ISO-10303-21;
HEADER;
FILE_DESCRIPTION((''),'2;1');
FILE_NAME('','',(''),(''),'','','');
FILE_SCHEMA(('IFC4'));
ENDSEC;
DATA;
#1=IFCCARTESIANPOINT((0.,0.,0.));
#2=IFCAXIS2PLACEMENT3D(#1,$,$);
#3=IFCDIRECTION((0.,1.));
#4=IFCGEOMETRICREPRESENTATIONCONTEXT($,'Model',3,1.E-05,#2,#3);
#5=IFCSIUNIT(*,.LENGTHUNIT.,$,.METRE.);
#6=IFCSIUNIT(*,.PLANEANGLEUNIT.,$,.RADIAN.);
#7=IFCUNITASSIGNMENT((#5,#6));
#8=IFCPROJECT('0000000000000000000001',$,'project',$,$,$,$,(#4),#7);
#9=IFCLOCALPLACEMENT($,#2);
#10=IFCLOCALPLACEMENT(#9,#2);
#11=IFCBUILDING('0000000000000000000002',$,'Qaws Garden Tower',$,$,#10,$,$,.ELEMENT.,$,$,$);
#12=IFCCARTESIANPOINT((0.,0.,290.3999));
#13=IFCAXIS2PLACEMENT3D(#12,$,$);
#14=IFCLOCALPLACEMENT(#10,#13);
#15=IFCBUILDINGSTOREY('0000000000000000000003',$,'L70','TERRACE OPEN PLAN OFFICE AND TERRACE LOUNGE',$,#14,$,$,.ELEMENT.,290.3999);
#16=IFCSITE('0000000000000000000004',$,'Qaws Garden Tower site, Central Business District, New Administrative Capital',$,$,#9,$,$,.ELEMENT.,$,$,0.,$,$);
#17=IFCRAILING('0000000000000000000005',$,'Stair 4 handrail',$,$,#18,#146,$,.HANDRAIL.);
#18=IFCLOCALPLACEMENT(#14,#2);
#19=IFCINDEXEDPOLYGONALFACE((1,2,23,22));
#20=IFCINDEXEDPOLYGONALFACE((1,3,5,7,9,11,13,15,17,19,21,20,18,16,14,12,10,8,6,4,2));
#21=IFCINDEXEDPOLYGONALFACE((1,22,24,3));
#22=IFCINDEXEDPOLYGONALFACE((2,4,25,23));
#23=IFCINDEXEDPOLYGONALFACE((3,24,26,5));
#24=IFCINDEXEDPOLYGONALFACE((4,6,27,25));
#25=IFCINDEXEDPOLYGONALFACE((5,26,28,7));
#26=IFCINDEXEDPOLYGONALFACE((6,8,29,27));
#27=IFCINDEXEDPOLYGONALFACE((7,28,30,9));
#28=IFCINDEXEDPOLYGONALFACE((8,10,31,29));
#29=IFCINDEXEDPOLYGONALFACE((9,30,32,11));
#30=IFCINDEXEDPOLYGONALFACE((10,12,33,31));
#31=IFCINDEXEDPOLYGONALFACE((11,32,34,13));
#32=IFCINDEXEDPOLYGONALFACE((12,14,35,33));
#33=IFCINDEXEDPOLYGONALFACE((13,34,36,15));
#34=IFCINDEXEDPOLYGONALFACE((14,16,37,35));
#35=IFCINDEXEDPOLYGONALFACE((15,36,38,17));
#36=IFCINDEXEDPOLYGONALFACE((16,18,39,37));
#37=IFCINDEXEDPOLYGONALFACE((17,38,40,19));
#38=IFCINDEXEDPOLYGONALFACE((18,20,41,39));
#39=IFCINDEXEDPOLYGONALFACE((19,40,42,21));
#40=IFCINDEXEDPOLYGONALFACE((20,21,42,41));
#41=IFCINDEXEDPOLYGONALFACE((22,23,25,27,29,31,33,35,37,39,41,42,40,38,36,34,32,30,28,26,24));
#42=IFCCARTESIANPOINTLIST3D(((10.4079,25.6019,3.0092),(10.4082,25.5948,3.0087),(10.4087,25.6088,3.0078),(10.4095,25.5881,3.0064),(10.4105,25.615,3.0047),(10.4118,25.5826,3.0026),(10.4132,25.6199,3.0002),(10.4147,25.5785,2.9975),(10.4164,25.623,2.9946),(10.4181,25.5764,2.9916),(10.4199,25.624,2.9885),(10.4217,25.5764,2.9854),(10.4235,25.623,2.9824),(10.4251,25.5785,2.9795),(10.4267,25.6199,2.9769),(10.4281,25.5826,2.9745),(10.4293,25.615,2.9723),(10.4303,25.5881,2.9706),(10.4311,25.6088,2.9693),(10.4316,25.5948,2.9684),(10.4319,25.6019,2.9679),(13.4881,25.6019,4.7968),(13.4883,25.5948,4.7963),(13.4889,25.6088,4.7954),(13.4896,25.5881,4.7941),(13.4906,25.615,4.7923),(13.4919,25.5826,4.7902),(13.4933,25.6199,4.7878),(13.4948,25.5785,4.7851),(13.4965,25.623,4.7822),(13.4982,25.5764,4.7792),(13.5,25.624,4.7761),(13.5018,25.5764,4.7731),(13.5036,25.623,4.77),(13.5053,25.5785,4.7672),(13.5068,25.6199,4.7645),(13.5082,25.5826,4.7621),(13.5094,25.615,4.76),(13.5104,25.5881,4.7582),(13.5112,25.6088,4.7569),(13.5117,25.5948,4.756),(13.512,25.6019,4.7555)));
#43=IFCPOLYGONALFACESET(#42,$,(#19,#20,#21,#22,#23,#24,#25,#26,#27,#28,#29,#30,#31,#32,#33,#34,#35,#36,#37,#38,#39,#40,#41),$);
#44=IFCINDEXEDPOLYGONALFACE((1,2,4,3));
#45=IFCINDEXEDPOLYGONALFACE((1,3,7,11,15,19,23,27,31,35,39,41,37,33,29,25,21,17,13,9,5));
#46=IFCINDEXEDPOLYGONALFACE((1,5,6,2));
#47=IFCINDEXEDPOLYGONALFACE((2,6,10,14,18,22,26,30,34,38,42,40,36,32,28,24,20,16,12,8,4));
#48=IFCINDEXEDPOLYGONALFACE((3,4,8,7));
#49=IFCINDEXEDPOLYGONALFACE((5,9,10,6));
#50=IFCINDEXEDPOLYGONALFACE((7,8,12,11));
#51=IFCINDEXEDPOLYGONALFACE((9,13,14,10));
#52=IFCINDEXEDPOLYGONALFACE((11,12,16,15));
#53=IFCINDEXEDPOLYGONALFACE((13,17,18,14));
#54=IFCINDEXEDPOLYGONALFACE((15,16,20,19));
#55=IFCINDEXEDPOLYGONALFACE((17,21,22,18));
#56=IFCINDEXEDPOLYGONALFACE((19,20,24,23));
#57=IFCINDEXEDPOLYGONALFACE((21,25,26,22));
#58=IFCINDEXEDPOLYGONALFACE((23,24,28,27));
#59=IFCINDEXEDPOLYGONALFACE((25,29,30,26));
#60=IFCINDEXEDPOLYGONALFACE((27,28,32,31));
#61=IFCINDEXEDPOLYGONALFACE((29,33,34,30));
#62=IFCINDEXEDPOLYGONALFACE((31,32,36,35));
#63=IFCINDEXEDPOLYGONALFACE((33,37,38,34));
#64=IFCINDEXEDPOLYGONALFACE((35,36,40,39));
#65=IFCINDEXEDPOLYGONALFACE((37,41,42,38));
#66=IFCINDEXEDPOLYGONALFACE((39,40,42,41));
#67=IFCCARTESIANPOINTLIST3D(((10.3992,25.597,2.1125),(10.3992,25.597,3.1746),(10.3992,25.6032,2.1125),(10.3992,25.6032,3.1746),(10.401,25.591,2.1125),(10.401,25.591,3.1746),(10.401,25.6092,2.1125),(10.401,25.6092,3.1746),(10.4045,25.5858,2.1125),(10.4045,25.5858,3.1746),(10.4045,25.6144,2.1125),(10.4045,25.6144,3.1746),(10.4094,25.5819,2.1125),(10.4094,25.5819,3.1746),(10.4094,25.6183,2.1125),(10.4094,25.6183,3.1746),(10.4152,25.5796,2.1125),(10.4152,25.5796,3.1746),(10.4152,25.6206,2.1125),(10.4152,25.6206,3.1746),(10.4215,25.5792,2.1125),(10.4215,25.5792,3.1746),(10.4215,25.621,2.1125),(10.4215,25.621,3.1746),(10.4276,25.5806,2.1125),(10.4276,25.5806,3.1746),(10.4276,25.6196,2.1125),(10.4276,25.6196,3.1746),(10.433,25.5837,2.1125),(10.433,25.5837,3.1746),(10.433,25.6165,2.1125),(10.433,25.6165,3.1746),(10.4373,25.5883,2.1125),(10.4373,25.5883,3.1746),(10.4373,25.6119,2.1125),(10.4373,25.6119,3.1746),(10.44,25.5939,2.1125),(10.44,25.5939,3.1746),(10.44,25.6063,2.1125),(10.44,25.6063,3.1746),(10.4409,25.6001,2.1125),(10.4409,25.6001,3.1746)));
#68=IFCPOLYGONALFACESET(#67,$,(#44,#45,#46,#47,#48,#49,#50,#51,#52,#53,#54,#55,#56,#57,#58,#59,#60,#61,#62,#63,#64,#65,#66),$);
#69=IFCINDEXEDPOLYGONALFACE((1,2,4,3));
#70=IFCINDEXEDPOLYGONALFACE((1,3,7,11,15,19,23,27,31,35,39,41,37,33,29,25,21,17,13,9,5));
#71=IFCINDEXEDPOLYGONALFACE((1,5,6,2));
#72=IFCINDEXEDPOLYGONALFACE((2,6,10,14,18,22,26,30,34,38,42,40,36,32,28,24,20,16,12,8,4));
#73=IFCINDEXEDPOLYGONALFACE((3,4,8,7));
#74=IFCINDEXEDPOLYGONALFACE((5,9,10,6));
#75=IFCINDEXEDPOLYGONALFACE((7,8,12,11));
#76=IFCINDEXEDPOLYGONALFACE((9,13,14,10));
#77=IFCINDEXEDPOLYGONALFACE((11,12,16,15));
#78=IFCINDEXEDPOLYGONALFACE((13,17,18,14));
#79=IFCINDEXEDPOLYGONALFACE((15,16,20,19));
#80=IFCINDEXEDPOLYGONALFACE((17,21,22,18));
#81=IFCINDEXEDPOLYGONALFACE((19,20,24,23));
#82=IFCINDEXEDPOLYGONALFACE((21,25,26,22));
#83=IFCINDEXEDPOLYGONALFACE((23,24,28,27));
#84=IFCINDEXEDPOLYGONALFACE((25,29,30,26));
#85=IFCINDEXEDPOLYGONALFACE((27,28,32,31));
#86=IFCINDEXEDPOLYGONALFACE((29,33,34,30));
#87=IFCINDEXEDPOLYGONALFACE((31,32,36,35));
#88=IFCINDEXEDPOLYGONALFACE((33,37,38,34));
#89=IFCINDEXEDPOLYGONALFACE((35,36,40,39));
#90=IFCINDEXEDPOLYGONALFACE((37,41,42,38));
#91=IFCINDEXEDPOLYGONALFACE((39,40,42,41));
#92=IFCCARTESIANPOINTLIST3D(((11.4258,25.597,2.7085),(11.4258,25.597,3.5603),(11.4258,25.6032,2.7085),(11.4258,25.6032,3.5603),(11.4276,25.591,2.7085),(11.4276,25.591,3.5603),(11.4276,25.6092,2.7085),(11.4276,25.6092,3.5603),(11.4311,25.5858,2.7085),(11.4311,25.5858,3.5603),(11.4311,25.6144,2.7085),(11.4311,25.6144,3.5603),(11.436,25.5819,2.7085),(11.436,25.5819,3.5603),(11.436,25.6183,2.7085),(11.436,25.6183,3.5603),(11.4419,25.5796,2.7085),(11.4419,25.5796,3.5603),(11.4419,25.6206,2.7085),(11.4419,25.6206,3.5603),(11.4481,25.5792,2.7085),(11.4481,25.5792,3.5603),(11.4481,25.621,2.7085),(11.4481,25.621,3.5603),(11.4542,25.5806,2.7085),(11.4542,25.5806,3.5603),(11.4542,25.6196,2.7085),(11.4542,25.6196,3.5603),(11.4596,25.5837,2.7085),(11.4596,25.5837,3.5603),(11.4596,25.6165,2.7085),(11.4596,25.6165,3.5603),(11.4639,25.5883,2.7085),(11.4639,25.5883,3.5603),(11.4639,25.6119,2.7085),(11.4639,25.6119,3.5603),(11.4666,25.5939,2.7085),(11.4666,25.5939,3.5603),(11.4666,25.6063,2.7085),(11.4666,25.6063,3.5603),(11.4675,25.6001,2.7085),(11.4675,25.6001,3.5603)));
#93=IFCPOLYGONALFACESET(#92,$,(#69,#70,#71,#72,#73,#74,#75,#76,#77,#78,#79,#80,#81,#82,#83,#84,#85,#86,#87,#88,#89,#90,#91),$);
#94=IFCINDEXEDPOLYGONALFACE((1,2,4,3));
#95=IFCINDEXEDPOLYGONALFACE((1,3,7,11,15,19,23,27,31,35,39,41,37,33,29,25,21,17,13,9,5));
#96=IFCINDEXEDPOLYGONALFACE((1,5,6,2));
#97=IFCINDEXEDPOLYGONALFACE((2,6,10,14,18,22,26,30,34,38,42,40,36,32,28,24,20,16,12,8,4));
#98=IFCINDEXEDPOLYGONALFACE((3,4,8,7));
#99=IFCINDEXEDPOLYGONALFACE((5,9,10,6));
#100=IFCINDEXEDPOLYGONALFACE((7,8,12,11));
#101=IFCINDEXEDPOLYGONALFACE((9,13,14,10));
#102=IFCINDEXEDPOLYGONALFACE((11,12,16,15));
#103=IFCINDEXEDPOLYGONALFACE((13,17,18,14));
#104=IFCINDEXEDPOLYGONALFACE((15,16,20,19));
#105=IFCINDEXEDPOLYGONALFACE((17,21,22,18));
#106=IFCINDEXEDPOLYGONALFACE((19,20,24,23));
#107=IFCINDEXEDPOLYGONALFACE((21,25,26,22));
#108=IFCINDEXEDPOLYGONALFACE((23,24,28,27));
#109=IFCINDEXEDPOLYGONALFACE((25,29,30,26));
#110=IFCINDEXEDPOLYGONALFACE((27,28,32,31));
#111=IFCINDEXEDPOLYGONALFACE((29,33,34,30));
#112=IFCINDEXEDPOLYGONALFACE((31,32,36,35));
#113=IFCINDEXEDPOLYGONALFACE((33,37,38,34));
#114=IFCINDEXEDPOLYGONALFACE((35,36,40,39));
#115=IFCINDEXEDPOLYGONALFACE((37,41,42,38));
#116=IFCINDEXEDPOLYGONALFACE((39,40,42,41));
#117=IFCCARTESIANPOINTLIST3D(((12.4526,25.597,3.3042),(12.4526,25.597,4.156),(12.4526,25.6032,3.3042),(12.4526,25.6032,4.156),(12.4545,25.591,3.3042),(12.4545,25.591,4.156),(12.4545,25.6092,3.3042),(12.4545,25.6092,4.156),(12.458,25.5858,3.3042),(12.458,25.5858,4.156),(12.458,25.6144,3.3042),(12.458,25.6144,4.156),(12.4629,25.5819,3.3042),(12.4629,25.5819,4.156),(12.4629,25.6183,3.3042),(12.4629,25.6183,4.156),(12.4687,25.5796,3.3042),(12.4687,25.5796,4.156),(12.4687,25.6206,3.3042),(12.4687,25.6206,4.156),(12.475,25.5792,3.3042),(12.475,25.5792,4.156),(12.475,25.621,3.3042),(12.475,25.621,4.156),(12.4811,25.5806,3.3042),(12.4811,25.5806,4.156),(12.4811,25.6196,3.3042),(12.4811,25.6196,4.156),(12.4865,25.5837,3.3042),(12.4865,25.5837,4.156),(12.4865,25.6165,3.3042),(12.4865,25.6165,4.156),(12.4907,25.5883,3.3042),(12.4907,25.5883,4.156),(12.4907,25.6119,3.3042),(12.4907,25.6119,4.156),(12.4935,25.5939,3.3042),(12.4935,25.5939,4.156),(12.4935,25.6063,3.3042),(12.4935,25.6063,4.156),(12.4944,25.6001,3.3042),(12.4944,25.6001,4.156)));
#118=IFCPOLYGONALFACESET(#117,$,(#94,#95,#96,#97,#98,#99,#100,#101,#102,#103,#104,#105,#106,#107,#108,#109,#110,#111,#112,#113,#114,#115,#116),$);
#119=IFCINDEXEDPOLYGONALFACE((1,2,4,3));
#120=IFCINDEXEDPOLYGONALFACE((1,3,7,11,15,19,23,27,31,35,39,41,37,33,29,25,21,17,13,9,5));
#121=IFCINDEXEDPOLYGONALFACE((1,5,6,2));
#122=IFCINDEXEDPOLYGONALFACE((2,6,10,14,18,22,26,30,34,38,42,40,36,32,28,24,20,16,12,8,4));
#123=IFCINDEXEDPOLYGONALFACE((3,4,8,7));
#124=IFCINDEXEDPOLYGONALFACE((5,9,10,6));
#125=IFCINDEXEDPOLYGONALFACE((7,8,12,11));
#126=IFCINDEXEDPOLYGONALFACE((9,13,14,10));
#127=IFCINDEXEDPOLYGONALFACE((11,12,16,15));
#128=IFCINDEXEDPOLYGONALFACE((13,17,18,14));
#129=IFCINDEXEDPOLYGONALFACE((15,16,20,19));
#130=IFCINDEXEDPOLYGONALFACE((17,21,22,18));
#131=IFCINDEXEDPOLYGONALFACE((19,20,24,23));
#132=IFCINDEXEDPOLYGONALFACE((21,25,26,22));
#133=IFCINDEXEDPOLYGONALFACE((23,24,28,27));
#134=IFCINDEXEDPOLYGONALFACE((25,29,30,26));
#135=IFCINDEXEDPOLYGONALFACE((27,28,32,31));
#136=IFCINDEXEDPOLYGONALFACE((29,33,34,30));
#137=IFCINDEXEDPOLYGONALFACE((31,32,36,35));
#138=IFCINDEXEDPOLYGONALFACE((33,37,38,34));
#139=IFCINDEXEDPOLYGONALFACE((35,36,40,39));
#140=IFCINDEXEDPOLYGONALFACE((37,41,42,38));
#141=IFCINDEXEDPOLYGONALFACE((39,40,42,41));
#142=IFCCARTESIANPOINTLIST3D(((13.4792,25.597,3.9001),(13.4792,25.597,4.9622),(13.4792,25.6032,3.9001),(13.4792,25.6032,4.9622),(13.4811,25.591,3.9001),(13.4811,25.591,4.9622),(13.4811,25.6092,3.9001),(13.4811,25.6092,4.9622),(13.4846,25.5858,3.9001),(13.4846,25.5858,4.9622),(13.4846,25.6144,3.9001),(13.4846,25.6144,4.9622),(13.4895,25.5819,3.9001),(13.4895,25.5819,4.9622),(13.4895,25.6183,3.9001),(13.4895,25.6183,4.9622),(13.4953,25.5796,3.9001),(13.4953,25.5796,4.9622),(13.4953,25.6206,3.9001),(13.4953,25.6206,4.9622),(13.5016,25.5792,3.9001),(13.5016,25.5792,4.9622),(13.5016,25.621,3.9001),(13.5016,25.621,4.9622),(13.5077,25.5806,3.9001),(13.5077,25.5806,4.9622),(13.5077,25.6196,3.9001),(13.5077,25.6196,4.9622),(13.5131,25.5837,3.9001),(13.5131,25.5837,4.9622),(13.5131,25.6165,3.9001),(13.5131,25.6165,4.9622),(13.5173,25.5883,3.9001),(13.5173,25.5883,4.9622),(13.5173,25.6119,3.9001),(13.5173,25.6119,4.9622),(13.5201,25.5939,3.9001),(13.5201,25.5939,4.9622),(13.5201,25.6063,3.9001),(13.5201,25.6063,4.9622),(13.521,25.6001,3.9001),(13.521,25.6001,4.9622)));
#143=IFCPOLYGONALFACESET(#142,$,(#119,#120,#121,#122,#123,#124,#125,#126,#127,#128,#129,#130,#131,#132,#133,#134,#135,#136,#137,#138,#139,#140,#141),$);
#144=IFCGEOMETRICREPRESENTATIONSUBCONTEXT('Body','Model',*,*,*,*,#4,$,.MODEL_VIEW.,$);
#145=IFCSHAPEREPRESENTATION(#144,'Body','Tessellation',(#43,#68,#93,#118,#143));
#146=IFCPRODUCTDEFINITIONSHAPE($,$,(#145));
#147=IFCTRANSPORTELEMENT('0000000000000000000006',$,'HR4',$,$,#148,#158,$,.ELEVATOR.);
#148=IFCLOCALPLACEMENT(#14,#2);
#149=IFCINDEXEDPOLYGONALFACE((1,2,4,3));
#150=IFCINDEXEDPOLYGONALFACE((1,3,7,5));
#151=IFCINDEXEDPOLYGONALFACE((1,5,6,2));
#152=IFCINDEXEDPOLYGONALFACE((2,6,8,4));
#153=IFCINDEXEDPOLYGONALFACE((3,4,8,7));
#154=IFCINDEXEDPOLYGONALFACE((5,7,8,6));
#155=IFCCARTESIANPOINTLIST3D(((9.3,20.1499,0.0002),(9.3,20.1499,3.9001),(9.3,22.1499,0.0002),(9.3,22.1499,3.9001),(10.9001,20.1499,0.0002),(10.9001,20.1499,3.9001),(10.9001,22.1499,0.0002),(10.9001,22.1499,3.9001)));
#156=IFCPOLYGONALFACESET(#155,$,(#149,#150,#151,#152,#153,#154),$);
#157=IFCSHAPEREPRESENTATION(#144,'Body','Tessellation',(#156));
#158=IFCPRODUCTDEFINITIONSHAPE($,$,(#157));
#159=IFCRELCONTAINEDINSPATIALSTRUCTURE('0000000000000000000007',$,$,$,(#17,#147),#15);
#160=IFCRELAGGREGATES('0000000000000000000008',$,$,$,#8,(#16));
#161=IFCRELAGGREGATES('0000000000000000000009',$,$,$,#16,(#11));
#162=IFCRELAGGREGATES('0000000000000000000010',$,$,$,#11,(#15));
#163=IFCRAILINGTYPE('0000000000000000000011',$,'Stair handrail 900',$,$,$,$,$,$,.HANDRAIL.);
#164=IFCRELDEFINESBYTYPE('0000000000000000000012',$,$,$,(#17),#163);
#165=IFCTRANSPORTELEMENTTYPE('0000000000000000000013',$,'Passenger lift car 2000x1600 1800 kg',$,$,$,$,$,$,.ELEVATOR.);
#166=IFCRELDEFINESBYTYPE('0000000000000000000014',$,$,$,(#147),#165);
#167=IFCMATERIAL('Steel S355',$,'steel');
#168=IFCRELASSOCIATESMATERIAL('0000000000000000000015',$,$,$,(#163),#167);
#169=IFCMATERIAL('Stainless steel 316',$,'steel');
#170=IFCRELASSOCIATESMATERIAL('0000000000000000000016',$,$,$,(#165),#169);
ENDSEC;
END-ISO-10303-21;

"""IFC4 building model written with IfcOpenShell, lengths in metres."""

from ifc_helpers import new_model, si_unit, direction, frame, origin, origin_2d, place, context, subcontext, project, spatial, rectangle, circle, extrude, material, type_object, element, save


model = new_model("IFC4")

# Units and contexts
model_context = context("Model", 3, precision=1e-05, world=origin(), true_north=direction((0.0, 1.0)))
body_context = subcontext(model_context, "Body", "Model", "MODEL_VIEW")
ifc_project = project(units=[si_unit("LENGTHUNIT", "METRE"), si_unit("PLANEANGLEUNIT", "RADIAN")], contexts=[model_context])

# Site, building, storey
site_placement = place(None, origin())
site = spatial("IfcSite", under=ifc_project, at=site_placement, Name="Qaws Garden Tower site, Central Business District, New Administrative Capital", CompositionType="ELEMENT", RefElevation=0.0)
building_placement = place(site_placement, origin())
building = spatial("IfcBuilding", under=site, at=building_placement, Name="Qaws Garden Tower", CompositionType="ELEMENT")
storey_placement = place(building_placement, frame((0.0, 0.0, 290.3999)))
storey = spatial("IfcBuildingStorey", under=building, at=storey_placement, Name="L70", Description="TERRACE OPEN PLAN OFFICE AND TERRACE LOUNGE", CompositionType="ELEMENT", Elevation=290.3999)

# Railing
ifc_material_1 = material(Name="Steel S355", Category="steel")
railing_type = type_object("IfcRailingType", Name="Stair handrail 900", PredefinedType="HANDRAIL", material=ifc_material_1)
railing_1_placement = place(storey_placement, frame((10.4199, 25.6001, 2.1125)))
element("IfcRailing", 1, at=railing_1_placement, inside=storey, type_object=railing_type, Name="Stair 4 handrail", PredefinedType="HANDRAIL", context=body_context, shape_type="SweptSolid", body=[
    extrude(circle(Radius=0.0239, at=origin_2d()), frame((0.0, 0.0, 0.876), z_axis=(0.864891, 0.0, 0.50196), x_axis=(0.0, 1.0, 0.0)), (0.0, 0.0, 1.0), 3.5613),
    extrude(circle(Radius=0.021, at=origin_2d()), origin(), (0.0, 0.0, 1.0), 1.062),
    extrude(circle(Radius=0.021, at=origin_2d()), frame((1.0266, 0.0, 0.5959)), (0.0, 0.0, 1.0), 0.8518),
    extrude(circle(Radius=0.021, at=origin_2d()), frame((2.0535, 0.0, 1.1917)), (0.0, 0.0, 1.0), 0.8518),
    extrude(circle(Radius=0.021, at=origin_2d()), frame((3.0801, 0.0, 1.7876)), (0.0, 0.0, 1.0), 1.062),
])

# Transport element
ifc_material_2 = material(Name="Stainless steel 316", Category="steel")
transport_element_type = type_object("IfcTransportElementType", Name="Passenger lift car 2000x1600 1800 kg", PredefinedType="ELEVATOR", material=ifc_material_2)
transport_element_placement = place(storey_placement, frame((10.1001, 21.1499, 0.0002), z_axis=(0.0, 0.0, 1.0), x_axis=(1.0, 0.0, 0.0)))
element("IfcTransportElement", 2, at=transport_element_placement, inside=storey, type_object=transport_element_type, Name="HR4", PredefinedType="ELEVATOR", context=body_context, shape_type="SweptSolid", body=[
    extrude(rectangle(XDim=1.6001, YDim=2.0, at=origin_2d()), origin(), (0.0, 0.0, 1.0), 3.8999),
])

save(model, "model.ifc")
